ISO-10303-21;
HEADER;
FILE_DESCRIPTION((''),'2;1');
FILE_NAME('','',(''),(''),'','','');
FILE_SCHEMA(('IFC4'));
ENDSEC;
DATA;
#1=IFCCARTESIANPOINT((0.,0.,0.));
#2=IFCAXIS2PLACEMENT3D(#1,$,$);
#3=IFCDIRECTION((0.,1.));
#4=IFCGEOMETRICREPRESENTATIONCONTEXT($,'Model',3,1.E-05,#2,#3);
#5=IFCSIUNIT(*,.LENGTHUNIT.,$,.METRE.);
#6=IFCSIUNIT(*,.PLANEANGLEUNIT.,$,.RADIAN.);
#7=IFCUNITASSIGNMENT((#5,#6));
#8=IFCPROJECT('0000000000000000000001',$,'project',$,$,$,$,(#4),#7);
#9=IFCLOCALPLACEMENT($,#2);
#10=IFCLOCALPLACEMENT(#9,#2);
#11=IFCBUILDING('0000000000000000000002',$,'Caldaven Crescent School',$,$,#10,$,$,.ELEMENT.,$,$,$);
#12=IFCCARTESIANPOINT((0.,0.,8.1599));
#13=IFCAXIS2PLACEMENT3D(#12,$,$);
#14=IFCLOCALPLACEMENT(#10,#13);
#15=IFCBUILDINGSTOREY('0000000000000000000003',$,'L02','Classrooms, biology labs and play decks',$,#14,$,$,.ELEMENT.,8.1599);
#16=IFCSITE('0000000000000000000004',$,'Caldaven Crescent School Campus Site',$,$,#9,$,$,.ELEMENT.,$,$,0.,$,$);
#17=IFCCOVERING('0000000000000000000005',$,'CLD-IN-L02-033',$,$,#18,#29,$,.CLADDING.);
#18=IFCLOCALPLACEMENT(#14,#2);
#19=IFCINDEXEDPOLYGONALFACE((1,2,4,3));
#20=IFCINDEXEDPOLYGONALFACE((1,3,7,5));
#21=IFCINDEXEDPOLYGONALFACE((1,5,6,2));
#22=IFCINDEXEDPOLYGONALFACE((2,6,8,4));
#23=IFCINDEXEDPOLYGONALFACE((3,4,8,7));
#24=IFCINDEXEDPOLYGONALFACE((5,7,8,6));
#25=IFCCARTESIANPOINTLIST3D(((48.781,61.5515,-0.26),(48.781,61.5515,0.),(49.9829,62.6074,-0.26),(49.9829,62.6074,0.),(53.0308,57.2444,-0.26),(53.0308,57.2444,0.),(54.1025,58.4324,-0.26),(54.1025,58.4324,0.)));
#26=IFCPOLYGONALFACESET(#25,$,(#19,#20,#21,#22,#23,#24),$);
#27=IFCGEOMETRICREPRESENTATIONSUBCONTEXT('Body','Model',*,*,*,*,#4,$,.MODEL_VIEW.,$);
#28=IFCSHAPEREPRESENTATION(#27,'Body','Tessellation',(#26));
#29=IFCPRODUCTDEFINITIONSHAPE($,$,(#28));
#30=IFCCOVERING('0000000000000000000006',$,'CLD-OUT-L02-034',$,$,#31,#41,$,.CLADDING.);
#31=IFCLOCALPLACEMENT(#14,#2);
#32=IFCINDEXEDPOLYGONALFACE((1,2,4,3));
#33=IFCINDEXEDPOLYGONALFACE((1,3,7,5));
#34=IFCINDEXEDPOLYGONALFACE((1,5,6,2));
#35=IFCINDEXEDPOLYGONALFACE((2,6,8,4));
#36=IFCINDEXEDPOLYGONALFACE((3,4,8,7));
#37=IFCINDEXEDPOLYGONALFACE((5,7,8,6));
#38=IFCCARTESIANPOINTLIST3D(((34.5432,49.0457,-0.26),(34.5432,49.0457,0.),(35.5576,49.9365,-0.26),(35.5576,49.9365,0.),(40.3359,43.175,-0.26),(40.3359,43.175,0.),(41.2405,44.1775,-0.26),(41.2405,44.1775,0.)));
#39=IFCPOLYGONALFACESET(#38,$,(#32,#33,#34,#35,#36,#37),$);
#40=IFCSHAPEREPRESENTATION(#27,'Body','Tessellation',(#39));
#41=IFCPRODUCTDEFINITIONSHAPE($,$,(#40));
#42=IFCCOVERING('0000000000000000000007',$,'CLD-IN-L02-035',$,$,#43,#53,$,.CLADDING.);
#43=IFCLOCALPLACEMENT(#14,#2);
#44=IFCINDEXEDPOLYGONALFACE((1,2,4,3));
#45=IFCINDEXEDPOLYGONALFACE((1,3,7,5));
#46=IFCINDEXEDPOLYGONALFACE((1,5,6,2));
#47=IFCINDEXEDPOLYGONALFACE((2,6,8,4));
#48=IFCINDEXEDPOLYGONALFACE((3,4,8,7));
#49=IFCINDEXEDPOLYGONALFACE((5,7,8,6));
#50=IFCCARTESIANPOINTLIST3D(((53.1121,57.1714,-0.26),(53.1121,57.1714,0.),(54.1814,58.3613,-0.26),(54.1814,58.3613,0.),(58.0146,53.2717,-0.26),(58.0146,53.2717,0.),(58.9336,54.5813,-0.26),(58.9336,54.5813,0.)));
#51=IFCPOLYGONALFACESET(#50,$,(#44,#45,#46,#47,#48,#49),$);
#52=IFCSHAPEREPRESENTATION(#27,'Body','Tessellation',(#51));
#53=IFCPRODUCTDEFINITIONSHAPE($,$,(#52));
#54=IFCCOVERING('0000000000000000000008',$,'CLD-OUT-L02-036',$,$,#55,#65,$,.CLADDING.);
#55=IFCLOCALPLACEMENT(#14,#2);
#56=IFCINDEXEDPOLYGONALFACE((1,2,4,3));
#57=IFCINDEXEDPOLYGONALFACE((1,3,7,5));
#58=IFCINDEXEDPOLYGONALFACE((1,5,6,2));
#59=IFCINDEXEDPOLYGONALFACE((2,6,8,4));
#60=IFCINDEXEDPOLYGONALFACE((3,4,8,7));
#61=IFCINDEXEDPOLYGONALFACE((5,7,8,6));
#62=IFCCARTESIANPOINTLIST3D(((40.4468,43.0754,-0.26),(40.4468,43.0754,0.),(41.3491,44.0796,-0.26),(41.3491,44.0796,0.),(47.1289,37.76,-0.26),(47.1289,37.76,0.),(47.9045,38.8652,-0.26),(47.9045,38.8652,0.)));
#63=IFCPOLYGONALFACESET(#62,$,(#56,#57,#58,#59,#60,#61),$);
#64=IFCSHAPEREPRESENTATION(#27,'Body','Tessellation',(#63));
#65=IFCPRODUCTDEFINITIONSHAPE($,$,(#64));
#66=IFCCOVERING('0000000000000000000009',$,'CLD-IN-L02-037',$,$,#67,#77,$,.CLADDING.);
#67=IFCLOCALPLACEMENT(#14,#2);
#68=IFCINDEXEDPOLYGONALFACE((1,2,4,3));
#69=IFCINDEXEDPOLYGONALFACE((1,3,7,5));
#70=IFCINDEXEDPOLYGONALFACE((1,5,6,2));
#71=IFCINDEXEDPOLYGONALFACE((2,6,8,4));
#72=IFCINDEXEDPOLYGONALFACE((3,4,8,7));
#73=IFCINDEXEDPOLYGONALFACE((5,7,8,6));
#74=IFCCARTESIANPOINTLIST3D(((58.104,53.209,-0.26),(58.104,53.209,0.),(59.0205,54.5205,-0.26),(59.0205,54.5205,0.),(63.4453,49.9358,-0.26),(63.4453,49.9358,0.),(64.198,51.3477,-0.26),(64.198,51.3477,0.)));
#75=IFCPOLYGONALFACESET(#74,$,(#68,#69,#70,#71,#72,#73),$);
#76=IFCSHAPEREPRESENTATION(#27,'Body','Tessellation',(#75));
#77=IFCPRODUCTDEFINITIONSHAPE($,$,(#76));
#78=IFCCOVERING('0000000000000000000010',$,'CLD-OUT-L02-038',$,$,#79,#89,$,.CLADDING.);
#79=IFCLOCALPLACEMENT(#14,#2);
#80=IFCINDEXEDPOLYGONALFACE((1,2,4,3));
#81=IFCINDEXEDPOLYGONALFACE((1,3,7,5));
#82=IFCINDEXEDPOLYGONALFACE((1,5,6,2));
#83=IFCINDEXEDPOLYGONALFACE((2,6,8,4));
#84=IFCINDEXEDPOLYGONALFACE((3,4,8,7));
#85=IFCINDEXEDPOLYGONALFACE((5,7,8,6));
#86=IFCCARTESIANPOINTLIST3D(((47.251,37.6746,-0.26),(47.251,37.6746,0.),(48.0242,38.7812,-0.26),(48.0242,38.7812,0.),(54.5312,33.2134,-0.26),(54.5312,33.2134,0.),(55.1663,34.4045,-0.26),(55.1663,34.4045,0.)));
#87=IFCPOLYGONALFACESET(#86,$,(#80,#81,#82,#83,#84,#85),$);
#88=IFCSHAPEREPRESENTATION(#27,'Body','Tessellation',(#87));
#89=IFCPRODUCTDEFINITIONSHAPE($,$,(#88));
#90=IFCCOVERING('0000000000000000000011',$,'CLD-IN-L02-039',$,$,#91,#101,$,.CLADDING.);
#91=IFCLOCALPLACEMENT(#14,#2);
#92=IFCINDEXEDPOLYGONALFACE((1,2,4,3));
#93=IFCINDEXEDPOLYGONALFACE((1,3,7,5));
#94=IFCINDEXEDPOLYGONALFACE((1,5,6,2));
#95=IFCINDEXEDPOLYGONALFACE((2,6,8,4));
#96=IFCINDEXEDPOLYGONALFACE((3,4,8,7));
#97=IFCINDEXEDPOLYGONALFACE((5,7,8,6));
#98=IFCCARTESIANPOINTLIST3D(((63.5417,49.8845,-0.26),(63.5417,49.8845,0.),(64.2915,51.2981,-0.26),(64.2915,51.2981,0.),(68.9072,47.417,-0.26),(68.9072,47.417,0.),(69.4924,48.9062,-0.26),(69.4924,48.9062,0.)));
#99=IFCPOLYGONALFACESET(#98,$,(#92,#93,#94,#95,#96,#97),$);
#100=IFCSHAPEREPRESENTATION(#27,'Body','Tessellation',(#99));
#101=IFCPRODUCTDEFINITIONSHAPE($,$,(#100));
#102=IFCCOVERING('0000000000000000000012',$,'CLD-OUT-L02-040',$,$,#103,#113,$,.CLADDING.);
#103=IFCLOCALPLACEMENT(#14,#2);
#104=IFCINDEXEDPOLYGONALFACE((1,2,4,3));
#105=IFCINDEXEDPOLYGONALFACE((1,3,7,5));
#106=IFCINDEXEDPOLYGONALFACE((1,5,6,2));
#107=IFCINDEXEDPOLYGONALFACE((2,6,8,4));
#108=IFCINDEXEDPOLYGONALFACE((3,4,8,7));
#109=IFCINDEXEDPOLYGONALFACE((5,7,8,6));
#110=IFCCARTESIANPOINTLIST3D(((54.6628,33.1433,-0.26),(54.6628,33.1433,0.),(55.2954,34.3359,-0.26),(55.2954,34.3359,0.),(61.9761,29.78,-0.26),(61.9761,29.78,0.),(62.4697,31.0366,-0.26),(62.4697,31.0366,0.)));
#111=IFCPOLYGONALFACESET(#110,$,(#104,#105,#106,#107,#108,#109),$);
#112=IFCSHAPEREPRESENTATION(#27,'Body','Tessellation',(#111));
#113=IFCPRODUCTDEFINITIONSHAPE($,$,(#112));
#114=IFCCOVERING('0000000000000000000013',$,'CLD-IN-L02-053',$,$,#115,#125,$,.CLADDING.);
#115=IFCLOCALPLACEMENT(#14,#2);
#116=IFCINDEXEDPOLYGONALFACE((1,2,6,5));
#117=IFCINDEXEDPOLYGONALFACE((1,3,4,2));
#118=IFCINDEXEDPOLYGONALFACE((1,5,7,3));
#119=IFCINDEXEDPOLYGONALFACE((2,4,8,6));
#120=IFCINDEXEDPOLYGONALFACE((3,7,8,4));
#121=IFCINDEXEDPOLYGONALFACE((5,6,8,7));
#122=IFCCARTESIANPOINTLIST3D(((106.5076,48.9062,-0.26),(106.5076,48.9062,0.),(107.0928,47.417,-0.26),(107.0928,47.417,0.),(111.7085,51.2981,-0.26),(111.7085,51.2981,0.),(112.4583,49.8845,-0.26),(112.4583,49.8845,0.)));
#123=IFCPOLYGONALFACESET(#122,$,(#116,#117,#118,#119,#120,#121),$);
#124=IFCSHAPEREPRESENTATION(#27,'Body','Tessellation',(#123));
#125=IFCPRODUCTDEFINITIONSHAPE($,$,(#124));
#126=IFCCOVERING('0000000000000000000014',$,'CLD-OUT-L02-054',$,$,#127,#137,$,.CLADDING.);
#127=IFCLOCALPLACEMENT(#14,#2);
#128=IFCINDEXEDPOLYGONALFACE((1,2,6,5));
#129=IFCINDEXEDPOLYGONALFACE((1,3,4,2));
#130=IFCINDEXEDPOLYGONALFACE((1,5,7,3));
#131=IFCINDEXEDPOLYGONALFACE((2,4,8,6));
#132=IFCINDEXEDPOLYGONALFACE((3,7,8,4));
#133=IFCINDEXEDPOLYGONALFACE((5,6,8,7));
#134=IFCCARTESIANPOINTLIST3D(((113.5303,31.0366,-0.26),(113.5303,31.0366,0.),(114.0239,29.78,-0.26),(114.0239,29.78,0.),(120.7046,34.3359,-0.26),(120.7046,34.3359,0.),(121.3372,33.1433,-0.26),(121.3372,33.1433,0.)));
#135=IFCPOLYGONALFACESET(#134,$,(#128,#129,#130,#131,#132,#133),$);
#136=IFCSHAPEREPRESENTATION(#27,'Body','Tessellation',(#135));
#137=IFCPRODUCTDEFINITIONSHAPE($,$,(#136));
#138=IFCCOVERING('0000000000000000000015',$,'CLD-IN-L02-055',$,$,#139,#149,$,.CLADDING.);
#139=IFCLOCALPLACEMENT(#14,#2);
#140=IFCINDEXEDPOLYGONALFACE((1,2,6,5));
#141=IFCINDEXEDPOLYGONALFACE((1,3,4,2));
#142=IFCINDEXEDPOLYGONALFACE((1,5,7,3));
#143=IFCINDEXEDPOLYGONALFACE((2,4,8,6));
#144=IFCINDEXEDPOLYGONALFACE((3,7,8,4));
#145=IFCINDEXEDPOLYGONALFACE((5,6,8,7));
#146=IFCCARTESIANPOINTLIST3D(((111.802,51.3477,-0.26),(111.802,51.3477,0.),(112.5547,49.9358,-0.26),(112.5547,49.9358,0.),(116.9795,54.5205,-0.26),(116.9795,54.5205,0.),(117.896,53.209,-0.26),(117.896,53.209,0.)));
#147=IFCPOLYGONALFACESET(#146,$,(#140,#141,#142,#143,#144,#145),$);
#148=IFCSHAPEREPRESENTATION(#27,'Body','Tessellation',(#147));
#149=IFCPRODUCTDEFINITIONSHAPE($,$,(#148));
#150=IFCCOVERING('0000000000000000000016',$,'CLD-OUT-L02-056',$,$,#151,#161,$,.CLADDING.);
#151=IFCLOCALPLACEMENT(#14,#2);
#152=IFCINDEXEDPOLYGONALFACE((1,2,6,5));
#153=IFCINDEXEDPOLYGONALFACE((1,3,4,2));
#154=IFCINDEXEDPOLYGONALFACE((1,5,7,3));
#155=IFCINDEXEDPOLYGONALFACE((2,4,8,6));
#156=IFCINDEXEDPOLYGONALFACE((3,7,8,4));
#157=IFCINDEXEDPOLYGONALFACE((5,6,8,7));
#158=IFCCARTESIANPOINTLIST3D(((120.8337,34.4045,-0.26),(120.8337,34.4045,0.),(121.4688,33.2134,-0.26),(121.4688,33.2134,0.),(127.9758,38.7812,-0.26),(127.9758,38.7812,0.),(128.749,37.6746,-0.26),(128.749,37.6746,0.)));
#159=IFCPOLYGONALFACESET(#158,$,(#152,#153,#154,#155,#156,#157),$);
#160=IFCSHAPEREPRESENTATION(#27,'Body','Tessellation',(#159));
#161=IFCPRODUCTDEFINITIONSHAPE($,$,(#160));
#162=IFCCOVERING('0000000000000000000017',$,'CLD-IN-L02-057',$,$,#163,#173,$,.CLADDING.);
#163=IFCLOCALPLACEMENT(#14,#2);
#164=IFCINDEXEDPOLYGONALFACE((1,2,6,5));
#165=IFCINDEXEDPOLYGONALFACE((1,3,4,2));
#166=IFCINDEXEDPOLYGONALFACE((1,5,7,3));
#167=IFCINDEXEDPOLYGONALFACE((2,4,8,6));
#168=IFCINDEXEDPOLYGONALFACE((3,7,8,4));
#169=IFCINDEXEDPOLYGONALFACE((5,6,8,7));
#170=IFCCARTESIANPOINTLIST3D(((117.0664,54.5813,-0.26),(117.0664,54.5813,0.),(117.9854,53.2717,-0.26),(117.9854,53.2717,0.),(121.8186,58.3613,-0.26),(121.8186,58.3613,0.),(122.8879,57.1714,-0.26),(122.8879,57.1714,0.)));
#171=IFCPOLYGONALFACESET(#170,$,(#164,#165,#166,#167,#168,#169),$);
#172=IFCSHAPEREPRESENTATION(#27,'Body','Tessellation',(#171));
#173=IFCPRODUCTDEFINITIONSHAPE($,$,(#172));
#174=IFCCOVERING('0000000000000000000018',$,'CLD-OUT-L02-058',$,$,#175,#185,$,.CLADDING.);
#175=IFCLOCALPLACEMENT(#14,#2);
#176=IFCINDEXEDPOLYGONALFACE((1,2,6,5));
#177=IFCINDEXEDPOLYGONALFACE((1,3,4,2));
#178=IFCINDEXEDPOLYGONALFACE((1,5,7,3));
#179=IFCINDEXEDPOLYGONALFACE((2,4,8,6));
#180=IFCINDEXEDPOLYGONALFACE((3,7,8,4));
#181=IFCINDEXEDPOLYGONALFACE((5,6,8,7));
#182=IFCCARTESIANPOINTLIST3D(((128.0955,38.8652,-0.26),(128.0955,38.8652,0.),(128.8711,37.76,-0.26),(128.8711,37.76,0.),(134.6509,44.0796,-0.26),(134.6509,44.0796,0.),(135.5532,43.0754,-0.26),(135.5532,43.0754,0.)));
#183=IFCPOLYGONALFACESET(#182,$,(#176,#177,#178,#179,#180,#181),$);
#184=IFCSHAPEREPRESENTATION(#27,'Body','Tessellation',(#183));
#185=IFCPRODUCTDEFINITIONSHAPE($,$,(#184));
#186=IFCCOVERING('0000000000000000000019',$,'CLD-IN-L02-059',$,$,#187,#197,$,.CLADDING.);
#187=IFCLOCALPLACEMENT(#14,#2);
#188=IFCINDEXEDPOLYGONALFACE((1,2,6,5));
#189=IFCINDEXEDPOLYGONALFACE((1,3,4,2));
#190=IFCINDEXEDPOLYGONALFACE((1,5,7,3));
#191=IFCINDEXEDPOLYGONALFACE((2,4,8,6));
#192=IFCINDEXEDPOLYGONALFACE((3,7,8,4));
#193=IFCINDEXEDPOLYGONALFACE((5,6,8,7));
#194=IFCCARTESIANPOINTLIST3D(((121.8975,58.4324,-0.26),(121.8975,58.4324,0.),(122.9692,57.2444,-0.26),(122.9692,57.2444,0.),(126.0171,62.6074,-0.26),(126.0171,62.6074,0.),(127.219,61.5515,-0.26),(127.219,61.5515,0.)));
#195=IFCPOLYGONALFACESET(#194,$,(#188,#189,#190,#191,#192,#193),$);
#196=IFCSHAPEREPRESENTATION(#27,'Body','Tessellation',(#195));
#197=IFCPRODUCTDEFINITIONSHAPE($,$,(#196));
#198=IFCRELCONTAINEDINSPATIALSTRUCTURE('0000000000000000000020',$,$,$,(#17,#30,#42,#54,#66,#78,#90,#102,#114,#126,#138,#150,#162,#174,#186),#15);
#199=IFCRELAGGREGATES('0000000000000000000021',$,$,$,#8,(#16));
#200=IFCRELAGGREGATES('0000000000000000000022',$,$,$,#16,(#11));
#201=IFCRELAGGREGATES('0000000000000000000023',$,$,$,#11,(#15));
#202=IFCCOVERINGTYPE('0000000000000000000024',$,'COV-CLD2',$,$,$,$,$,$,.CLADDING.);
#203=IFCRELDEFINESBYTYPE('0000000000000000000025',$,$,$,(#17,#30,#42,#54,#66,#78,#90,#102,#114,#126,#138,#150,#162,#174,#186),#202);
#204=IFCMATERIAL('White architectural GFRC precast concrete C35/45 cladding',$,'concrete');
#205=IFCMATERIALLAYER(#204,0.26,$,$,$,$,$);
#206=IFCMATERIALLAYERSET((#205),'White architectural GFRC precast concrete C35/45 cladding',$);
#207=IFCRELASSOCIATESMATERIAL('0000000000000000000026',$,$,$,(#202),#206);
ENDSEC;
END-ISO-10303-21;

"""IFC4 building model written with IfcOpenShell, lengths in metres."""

from ifc_helpers import new_model, si_unit, direction, frame, origin, place, context, subcontext, project, spatial, polyline, outline, extrude, material, layer, layer_set, type_object, element, save


model = new_model("IFC4")

# Units and contexts
model_context = context("Model", 3, precision=1e-05, world=origin(), true_north=direction((0.0, 1.0)))
body_context = subcontext(model_context, "Body", "Model", "MODEL_VIEW")
ifc_project = project(units=[si_unit("LENGTHUNIT", "METRE"), si_unit("PLANEANGLEUNIT", "RADIAN")], contexts=[model_context])

# Site, building, storey
site_placement = place(None, origin())
site = spatial("IfcSite", under=ifc_project, at=site_placement, Name="Caldaven Crescent School Campus Site", CompositionType="ELEMENT", RefElevation=0.0)
building_placement = place(site_placement, origin())
building = spatial("IfcBuilding", under=site, at=building_placement, Name="Caldaven Crescent School", CompositionType="ELEMENT")
storey_placement = place(building_placement, frame((0.0, 0.0, 8.1599)))
storey = spatial("IfcBuildingStorey", under=building, at=storey_placement, Name="L02", Description="Classrooms, biology labs and play decks", CompositionType="ELEMENT", Elevation=8.1599)

# Coverings
ifc_material_1 = material(Name="White architectural GFRC precast concrete C35/45 cladding", Category="concrete")
ifc_layer_1 = layer(ifc_material_1, 0.26)
ifc_layer_set_1 = layer_set([ifc_layer_1], Name="White architectural GFRC precast concrete C35/45 cladding")
covering_type_1 = type_object("IfcCoveringType", Name="COV-CLD2", PredefinedType="CLADDING", material=ifc_layer_set_1)
covering_1_placement = place(storey_placement, frame((0.0, 0.0, -0.26)))
element("IfcCovering", 1, at=covering_1_placement, inside=storey, type_object=covering_type_1, Name="CLD-IN-L02-033", PredefinedType="CLADDING", context=body_context, shape_type="SweptSolid", body=[
    extrude(outline(polyline([(49.9829, 62.6074), (54.1025, 58.4324), (53.0308, 57.2444), (48.781, 61.5515), (49.9829, 62.6074)])), origin(), (0.0, 0.0, 1.0), 0.26),
])
covering_2_placement = place(storey_placement, frame((0.0, 0.0, -0.26)))
element("IfcCovering", 2, at=covering_2_placement, inside=storey, type_object=covering_type_1, Name="CLD-OUT-L02-034", PredefinedType="CLADDING", context=body_context, shape_type="SweptSolid", body=[
    extrude(outline(polyline([(35.5576, 49.9365), (41.2405, 44.1775), (40.3359, 43.175), (34.5432, 49.0457), (35.5576, 49.9365)])), origin(), (0.0, 0.0, 1.0), 0.26),
])
covering_3_placement = place(storey_placement, frame((0.0, 0.0, -0.26)))
element("IfcCovering", 3, at=covering_3_placement, inside=storey, type_object=covering_type_1, Name="CLD-IN-L02-035", PredefinedType="CLADDING", context=body_context, shape_type="SweptSolid", body=[
    extrude(outline(polyline([(54.1814, 58.3613), (58.9336, 54.5813), (58.0146, 53.2717), (53.1121, 57.1714), (54.1814, 58.3613)])), origin(), (0.0, 0.0, 1.0), 0.26),
])
covering_4_placement = place(storey_placement, frame((0.0, 0.0, -0.26)))
element("IfcCovering", 4, at=covering_4_placement, inside=storey, type_object=covering_type_1, Name="CLD-OUT-L02-036", PredefinedType="CLADDING", context=body_context, shape_type="SweptSolid", body=[
    extrude(outline(polyline([(41.3491, 44.0796), (47.9045, 38.8652), (47.1289, 37.76), (40.4468, 43.0754), (41.3491, 44.0796)])), origin(), (0.0, 0.0, 1.0), 0.26),
])
covering_5_placement = place(storey_placement, frame((0.0, 0.0, -0.26)))
element("IfcCovering", 5, at=covering_5_placement, inside=storey, type_object=covering_type_1, Name="CLD-IN-L02-037", PredefinedType="CLADDING", context=body_context, shape_type="SweptSolid", body=[
    extrude(outline(polyline([(59.0205, 54.5205), (64.198, 51.3477), (63.4453, 49.9358), (58.104, 53.209), (59.0205, 54.5205)])), origin(), (0.0, 0.0, 1.0), 0.26),
])
covering_6_placement = place(storey_placement, frame((0.0, 0.0, -0.26)))
element("IfcCovering", 6, at=covering_6_placement, inside=storey, type_object=covering_type_1, Name="CLD-OUT-L02-038", PredefinedType="CLADDING", context=body_context, shape_type="SweptSolid", body=[
    extrude(outline(polyline([(48.0242, 38.7812), (55.1663, 34.4045), (54.5312, 33.2134), (47.251, 37.6746), (48.0242, 38.7812)])), origin(), (0.0, 0.0, 1.0), 0.26),
])
covering_7_placement = place(storey_placement, frame((0.0, 0.0, -0.26)))
element("IfcCovering", 7, at=covering_7_placement, inside=storey, type_object=covering_type_1, Name="CLD-IN-L02-039", PredefinedType="CLADDING", context=body_context, shape_type="SweptSolid", body=[
    extrude(outline(polyline([(64.2915, 51.2981), (69.4924, 48.9062), (68.9072, 47.417), (63.5417, 49.8845), (64.2915, 51.2981)])), origin(), (0.0, 0.0, 1.0), 0.26),
])
covering_8_placement = place(storey_placement, frame((0.0, 0.0, -0.26)))
element("IfcCovering", 8, at=covering_8_placement, inside=storey, type_object=covering_type_1, Name="CLD-OUT-L02-040", PredefinedType="CLADDING", context=body_context, shape_type="SweptSolid", body=[
    extrude(outline(polyline([(55.2954, 34.3359), (62.4697, 31.0366), (61.9761, 29.78), (54.6628, 33.1433), (55.2954, 34.3359)])), origin(), (0.0, 0.0, 1.0), 0.26),
])
covering_9_placement = place(storey_placement, frame((0.0, 0.0, -0.26)))
element("IfcCovering", 9, at=covering_9_placement, inside=storey, type_object=covering_type_1, Name="CLD-IN-L02-053", PredefinedType="CLADDING", context=body_context, shape_type="SweptSolid", body=[
    extrude(outline(polyline([(106.5076, 48.9062), (111.7085, 51.2981), (112.4583, 49.8845), (107.0928, 47.417), (106.5076, 48.9062)])), origin(), (0.0, 0.0, 1.0), 0.26),
])
covering_10_placement = place(storey_placement, frame((0.0, 0.0, -0.26)))
element("IfcCovering", 10, at=covering_10_placement, inside=storey, type_object=covering_type_1, Name="CLD-OUT-L02-054", PredefinedType="CLADDING", context=body_context, shape_type="SweptSolid", body=[
    extrude(outline(polyline([(113.5303, 31.0366), (120.7046, 34.3359), (121.3372, 33.1433), (114.0239, 29.78), (113.5303, 31.0366)])), origin(), (0.0, 0.0, 1.0), 0.26),
])
covering_11_placement = place(storey_placement, frame((0.0, 0.0, -0.26)))
element("IfcCovering", 11, at=covering_11_placement, inside=storey, type_object=covering_type_1, Name="CLD-IN-L02-055", PredefinedType="CLADDING", context=body_context, shape_type="SweptSolid", body=[
    extrude(outline(polyline([(111.802, 51.3477), (116.9795, 54.5205), (117.896, 53.209), (112.5547, 49.9358), (111.802, 51.3477)])), origin(), (0.0, 0.0, 1.0), 0.26),
])
covering_12_placement = place(storey_placement, frame((0.0, 0.0, -0.26)))
element("IfcCovering", 12, at=covering_12_placement, inside=storey, type_object=covering_type_1, Name="CLD-OUT-L02-056", PredefinedType="CLADDING", context=body_context, shape_type="SweptSolid", body=[
    extrude(outline(polyline([(120.8337, 34.4045), (127.9758, 38.7812), (128.749, 37.6746), (121.4688, 33.2134), (120.8337, 34.4045)])), origin(), (0.0, 0.0, 1.0), 0.26),
])
covering_13_placement = place(storey_placement, frame((0.0, 0.0, -0.26)))
element("IfcCovering", 13, at=covering_13_placement, inside=storey, type_object=covering_type_1, Name="CLD-IN-L02-057", PredefinedType="CLADDING", context=body_context, shape_type="SweptSolid", body=[
    extrude(outline(polyline([(117.0664, 54.5813), (121.8186, 58.3613), (122.8879, 57.1714), (117.9854, 53.2717), (117.0664, 54.5813)])), origin(), (0.0, 0.0, 1.0), 0.26),
])
covering_14_placement = place(storey_placement, frame((0.0, 0.0, -0.26)))
element("IfcCovering", 14, at=covering_14_placement, inside=storey, type_object=covering_type_1, Name="CLD-OUT-L02-058", PredefinedType="CLADDING", context=body_context, shape_type="SweptSolid", body=[
    extrude(outline(polyline([(128.0955, 38.8652), (134.6509, 44.0796), (135.5532, 43.0754), (128.8711, 37.76), (128.0955, 38.8652)])), origin(), (0.0, 0.0, 1.0), 0.26),
])
covering_15_placement = place(storey_placement, frame((0.0, 0.0, -0.26)))
element("IfcCovering", 15, at=covering_15_placement, inside=storey, type_object=covering_type_1, Name="CLD-IN-L02-059", PredefinedType="CLADDING", context=body_context, shape_type="SweptSolid", body=[
    extrude(outline(polyline([(121.8975, 58.4324), (126.0171, 62.6074), (127.219, 61.5515), (122.9692, 57.2444), (121.8975, 58.4324)])), origin(), (0.0, 0.0, 1.0), 0.26),
])

save(model, "model.ifc")
